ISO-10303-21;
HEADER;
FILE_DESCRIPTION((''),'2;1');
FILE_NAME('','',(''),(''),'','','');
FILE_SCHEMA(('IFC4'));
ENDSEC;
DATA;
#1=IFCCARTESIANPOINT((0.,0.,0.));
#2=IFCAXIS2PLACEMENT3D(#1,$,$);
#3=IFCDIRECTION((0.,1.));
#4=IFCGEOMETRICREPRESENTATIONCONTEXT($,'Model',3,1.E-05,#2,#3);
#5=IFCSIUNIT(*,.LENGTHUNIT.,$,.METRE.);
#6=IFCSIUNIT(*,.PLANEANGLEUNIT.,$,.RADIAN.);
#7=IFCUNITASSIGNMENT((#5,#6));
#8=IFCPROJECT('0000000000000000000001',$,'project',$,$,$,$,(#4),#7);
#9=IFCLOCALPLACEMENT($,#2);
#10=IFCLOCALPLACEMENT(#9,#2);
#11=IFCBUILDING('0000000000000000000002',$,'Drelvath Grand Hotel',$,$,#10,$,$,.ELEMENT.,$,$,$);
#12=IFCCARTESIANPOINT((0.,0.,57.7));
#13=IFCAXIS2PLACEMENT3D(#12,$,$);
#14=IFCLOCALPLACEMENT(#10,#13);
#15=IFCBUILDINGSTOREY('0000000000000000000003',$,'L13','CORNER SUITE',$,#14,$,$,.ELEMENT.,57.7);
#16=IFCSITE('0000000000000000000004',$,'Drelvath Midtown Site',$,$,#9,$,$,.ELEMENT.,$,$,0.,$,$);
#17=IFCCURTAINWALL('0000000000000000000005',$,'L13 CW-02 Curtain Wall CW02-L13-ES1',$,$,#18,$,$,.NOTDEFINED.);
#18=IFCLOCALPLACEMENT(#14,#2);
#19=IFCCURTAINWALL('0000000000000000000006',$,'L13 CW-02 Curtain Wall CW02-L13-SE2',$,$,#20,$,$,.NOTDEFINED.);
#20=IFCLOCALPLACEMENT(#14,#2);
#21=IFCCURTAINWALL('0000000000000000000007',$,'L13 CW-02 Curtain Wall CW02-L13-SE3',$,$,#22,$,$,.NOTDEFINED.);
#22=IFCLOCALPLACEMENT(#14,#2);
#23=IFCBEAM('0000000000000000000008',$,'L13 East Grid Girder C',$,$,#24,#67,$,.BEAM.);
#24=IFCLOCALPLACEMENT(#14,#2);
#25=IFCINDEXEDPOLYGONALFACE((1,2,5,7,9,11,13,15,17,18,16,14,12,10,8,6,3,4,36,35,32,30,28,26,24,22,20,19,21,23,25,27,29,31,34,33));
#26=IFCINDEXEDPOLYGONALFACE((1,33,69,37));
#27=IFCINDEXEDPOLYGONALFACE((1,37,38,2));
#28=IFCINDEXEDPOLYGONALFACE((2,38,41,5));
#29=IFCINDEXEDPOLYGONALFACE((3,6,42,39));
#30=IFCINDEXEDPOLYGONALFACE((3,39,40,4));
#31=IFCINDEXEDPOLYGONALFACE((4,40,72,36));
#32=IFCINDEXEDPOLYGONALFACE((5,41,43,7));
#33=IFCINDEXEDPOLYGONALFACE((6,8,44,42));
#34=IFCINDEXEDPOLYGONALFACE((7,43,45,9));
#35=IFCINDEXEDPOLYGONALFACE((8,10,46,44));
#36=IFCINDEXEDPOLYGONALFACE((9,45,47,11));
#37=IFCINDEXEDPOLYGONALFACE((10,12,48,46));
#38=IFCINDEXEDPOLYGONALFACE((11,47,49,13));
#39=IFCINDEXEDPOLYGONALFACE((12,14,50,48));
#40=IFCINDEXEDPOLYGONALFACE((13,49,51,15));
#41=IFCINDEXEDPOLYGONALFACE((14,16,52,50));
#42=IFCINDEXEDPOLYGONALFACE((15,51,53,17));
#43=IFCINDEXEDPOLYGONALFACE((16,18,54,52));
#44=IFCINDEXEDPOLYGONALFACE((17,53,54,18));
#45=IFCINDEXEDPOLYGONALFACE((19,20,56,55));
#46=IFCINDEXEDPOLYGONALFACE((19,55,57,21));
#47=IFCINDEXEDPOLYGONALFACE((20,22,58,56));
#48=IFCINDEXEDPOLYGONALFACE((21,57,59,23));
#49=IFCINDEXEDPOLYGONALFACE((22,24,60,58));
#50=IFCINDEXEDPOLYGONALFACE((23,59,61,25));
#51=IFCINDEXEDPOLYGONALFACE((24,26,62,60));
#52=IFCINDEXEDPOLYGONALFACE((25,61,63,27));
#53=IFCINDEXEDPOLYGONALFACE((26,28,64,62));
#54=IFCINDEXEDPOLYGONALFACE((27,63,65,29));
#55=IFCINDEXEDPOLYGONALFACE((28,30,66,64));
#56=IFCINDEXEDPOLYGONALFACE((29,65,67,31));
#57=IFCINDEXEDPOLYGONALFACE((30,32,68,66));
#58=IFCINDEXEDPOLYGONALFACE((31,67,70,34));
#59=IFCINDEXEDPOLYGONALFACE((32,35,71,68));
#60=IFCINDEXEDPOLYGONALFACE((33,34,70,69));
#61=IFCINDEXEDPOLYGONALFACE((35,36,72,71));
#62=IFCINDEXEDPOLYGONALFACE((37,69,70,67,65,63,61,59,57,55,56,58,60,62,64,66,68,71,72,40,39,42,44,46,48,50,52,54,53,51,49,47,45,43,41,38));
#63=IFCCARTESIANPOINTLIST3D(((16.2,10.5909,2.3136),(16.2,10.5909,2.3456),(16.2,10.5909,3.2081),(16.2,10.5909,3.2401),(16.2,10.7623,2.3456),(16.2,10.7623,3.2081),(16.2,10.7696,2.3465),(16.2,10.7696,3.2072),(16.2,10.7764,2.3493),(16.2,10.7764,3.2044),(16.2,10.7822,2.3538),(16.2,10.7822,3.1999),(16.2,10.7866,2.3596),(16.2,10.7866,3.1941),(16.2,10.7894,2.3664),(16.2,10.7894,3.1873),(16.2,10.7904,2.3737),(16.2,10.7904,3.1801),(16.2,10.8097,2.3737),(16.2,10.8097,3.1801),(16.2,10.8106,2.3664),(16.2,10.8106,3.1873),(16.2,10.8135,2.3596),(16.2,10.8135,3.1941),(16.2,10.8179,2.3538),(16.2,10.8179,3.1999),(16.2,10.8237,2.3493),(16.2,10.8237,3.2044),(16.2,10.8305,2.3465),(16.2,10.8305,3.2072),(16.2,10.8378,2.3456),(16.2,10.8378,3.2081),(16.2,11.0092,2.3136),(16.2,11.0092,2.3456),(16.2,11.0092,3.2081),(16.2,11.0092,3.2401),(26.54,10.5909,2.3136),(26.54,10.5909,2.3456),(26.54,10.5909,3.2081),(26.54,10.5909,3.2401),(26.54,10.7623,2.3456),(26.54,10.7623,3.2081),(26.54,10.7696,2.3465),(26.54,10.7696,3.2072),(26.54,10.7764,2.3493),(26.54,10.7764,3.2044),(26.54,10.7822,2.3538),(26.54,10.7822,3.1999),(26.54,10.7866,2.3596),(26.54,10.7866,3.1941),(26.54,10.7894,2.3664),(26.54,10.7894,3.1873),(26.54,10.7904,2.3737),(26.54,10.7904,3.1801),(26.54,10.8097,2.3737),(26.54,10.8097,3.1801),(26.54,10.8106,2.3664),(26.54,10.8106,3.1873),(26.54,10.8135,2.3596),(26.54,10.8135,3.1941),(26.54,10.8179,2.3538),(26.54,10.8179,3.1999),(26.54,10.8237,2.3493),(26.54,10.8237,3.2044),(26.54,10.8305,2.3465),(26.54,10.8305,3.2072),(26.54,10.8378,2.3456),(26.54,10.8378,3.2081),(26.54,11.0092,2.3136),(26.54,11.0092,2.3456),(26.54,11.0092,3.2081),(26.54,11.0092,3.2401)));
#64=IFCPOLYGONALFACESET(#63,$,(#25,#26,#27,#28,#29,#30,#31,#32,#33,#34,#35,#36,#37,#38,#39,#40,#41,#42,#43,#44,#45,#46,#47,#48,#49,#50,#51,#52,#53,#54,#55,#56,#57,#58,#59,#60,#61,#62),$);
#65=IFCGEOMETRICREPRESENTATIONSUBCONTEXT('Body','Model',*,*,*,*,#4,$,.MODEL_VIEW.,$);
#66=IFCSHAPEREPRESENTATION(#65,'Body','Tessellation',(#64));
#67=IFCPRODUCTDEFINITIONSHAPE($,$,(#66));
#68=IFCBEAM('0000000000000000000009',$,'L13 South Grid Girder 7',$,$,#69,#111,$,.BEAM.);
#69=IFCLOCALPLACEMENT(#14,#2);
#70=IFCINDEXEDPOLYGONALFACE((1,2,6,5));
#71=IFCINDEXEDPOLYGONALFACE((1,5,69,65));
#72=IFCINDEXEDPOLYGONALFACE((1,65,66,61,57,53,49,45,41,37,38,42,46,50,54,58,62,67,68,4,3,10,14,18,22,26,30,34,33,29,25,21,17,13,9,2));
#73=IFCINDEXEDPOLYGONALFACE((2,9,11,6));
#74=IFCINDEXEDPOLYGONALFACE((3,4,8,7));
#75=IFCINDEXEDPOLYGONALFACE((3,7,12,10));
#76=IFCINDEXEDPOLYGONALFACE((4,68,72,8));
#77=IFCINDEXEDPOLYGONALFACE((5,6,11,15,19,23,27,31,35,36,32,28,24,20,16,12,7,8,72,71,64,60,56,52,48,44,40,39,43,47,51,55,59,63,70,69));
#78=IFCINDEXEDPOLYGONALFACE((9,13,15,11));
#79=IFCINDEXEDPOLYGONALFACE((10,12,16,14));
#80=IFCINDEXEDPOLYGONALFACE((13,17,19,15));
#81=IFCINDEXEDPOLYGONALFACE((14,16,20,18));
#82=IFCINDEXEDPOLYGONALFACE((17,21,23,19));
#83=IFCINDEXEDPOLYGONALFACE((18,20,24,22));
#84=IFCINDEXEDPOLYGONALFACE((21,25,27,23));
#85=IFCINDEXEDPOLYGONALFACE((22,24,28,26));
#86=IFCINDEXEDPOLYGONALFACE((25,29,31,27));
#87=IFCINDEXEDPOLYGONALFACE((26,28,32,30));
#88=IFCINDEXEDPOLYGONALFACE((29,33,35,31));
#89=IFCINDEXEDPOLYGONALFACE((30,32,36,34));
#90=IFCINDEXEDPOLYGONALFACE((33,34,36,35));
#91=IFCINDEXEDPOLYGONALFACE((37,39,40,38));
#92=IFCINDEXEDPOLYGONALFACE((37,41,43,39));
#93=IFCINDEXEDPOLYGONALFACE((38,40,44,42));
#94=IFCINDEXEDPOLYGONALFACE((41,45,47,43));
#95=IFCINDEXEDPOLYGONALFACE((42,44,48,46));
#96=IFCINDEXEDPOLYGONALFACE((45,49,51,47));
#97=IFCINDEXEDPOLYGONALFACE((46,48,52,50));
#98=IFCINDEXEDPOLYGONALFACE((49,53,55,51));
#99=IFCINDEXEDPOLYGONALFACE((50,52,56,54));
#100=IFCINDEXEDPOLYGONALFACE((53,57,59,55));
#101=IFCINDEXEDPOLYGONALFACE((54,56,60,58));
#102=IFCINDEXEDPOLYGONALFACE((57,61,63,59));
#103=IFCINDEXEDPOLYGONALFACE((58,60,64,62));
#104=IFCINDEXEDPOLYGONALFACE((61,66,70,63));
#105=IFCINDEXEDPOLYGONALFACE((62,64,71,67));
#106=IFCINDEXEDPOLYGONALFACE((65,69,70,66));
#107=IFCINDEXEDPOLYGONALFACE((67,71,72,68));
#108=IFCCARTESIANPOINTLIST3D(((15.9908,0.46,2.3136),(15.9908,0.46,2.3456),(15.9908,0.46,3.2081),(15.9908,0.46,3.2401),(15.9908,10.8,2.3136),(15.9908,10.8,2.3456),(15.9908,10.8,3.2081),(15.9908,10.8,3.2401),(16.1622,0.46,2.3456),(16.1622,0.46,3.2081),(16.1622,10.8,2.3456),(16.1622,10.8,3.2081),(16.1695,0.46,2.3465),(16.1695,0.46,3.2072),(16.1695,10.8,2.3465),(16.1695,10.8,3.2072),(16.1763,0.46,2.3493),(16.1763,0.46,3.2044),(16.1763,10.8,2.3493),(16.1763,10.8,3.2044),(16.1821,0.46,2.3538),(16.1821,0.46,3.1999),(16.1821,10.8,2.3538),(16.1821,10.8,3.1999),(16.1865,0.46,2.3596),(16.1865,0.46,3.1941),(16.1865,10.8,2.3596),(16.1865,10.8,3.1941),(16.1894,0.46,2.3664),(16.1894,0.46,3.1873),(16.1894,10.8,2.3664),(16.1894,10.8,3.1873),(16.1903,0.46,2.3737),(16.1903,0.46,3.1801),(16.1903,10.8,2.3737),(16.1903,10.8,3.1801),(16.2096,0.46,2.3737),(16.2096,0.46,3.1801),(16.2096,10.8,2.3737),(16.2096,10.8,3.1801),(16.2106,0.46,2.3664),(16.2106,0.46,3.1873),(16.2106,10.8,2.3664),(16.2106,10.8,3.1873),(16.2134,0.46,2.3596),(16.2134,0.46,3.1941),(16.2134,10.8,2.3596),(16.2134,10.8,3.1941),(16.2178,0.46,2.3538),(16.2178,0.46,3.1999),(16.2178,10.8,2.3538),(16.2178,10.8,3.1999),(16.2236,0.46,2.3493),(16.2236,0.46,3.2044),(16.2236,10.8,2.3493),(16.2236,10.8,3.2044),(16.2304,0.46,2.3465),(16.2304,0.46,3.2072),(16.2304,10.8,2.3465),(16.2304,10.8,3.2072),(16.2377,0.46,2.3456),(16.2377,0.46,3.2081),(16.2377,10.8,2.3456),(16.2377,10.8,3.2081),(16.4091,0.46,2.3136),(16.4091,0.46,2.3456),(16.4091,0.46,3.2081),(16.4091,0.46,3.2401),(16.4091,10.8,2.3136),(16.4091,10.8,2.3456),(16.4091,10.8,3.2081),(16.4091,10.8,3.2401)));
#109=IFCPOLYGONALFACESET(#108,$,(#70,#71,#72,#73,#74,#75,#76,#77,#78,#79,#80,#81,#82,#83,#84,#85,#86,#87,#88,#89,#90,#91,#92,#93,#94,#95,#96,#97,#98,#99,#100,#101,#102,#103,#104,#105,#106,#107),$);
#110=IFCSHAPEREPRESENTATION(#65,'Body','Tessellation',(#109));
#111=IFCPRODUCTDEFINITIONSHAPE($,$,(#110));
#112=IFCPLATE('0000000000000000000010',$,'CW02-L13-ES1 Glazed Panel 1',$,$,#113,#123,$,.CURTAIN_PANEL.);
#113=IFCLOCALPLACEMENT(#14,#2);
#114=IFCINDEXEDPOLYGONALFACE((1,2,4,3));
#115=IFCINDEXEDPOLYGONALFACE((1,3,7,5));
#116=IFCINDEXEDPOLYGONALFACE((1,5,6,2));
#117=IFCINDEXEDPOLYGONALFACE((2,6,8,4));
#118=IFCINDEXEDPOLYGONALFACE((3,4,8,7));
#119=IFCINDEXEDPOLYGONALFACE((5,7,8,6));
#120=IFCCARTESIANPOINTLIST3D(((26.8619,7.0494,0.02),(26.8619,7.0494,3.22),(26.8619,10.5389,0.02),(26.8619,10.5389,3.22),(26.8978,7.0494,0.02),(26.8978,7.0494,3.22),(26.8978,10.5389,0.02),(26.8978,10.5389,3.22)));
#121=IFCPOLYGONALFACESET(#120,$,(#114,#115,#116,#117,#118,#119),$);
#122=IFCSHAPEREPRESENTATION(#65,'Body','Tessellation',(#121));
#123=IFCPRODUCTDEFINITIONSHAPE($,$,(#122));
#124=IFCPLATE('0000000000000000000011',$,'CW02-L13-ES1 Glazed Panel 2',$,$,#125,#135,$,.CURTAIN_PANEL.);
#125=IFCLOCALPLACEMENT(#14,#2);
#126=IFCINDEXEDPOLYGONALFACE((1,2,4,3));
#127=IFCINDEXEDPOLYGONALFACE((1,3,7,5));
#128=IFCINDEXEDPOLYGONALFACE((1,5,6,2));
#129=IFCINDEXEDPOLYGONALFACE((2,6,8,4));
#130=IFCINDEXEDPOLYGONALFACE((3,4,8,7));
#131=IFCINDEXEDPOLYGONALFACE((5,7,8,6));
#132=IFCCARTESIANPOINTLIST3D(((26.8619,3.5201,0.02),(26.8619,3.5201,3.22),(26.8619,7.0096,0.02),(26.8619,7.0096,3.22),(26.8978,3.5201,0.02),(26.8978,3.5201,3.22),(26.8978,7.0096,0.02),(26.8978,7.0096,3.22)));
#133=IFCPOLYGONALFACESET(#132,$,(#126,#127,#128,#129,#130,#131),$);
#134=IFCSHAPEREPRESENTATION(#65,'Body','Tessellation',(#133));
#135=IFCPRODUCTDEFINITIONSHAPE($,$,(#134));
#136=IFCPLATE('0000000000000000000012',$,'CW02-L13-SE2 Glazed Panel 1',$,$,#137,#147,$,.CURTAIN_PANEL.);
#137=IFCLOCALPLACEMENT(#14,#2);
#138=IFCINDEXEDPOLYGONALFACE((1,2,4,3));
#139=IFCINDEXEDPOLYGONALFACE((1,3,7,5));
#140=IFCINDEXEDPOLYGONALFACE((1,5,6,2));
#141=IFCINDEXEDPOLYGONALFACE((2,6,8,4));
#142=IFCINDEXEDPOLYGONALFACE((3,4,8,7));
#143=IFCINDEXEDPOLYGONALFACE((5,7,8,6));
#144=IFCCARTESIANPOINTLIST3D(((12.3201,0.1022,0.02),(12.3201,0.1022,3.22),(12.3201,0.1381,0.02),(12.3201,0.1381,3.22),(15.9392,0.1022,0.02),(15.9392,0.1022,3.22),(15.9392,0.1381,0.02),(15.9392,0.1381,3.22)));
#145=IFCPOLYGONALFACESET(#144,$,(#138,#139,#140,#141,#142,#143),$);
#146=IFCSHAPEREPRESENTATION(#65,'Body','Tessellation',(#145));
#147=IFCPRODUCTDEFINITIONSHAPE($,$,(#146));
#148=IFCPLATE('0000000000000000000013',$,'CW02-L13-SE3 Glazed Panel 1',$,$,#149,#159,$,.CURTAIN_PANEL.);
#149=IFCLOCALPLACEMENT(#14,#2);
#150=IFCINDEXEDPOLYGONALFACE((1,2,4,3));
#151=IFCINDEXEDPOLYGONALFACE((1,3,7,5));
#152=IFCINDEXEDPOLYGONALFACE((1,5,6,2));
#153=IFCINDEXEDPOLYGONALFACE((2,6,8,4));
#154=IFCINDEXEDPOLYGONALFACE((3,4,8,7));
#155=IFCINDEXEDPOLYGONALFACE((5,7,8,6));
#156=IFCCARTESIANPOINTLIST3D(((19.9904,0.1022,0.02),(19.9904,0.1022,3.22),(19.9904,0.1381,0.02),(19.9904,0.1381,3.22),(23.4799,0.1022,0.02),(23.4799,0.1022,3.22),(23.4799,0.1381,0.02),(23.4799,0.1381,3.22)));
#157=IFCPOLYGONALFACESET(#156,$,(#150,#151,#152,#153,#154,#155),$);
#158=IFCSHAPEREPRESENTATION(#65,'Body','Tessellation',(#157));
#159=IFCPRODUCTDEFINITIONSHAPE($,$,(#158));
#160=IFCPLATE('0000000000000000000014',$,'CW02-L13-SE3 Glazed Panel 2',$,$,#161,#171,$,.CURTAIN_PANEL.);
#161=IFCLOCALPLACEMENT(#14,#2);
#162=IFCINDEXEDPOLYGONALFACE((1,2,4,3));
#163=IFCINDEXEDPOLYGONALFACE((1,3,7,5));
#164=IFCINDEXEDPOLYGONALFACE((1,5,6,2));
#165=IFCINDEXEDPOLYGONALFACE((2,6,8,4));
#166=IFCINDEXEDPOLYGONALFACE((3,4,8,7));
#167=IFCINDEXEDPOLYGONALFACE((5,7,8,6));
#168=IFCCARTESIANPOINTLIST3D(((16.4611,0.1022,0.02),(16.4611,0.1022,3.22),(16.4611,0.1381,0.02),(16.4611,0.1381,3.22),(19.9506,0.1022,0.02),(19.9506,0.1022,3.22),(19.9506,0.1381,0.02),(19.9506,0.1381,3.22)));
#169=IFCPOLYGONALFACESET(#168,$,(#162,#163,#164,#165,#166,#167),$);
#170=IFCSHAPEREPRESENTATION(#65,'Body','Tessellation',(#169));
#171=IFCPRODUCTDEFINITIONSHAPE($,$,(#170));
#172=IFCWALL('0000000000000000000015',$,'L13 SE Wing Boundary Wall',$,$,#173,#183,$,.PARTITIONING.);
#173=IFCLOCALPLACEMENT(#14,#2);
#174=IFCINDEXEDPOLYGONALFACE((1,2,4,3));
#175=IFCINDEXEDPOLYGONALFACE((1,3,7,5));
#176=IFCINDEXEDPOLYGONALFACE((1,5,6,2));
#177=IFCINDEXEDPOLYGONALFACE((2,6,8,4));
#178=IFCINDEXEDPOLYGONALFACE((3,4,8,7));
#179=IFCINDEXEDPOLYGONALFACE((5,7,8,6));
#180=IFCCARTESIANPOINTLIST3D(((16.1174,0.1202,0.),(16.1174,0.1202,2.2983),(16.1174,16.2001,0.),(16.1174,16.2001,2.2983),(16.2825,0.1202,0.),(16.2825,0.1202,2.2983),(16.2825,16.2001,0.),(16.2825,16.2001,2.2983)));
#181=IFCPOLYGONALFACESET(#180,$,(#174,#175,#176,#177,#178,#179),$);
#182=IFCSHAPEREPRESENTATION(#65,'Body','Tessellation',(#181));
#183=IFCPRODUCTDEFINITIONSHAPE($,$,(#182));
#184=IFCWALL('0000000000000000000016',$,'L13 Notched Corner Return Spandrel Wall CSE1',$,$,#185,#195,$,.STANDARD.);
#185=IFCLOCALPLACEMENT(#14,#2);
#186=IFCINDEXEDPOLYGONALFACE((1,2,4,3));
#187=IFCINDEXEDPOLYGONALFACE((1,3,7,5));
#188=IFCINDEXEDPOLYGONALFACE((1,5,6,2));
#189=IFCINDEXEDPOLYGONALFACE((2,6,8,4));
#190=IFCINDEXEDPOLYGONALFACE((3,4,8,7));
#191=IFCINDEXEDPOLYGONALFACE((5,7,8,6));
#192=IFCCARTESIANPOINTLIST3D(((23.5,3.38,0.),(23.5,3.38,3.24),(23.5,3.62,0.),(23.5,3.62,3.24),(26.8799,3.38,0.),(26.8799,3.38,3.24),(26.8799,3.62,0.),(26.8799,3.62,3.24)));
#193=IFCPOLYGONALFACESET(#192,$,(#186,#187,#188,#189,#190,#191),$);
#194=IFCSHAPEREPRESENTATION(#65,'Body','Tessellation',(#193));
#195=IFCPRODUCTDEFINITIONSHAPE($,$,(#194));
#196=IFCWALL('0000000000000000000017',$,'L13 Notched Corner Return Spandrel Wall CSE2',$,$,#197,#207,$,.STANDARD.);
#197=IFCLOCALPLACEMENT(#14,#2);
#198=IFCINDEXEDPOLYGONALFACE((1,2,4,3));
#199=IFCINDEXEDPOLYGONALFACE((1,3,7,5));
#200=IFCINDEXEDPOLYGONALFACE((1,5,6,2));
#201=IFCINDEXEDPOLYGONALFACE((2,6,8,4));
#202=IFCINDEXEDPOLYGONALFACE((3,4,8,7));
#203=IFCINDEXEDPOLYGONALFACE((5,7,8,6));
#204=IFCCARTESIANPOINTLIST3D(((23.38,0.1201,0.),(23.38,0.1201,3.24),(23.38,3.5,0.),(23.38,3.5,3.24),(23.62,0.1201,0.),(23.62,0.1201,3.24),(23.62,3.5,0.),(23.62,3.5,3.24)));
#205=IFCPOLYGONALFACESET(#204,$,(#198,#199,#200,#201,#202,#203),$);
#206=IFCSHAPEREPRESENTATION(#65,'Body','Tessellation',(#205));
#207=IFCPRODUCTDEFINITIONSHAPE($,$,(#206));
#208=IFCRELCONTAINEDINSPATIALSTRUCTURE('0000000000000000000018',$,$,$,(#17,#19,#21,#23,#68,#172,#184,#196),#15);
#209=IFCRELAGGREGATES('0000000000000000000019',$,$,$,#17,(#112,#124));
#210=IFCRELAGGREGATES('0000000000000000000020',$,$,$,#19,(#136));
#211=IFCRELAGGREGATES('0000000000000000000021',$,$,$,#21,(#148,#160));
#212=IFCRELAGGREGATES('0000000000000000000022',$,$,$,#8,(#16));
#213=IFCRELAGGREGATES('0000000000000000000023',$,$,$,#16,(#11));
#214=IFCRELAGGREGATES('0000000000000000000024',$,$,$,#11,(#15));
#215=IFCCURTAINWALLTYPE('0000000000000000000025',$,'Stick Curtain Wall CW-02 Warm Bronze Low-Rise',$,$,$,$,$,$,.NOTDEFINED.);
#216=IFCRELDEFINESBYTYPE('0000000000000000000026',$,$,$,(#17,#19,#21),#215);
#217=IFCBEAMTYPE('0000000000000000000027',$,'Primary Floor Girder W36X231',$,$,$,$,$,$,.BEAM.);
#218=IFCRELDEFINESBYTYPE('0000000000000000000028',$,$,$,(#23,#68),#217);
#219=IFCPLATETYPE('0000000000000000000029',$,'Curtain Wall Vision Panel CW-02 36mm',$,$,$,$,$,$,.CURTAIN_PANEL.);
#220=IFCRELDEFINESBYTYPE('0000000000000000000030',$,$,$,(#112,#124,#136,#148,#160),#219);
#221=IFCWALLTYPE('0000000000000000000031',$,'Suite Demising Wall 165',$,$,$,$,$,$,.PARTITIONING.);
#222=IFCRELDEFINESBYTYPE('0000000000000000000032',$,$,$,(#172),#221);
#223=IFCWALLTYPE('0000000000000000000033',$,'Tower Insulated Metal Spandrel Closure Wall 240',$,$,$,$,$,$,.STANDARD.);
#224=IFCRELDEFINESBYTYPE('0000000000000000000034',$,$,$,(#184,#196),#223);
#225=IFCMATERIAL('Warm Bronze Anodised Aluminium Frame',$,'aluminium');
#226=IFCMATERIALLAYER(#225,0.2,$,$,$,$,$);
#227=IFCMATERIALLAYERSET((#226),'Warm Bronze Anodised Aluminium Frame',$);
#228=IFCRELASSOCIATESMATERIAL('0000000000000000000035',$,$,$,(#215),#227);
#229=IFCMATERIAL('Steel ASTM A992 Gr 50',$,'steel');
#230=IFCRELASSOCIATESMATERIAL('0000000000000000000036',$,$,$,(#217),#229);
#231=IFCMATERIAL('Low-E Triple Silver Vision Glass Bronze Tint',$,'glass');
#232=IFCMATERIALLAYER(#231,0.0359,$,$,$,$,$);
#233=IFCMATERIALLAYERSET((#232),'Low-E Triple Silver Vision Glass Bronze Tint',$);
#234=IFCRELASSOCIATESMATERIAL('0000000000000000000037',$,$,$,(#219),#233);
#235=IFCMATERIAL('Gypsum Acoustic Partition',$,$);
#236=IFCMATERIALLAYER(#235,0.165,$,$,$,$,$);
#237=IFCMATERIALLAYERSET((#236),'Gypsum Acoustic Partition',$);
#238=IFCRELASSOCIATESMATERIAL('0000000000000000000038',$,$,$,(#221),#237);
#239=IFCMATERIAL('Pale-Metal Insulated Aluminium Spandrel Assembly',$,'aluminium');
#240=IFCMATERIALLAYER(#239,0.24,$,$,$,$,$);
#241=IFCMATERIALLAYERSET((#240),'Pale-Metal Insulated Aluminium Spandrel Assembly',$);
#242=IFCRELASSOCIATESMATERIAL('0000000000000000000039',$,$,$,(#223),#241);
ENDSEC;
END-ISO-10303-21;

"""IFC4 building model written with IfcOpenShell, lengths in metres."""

from ifc_helpers import new_model, si_unit, direction, frame, frame_2d, origin, origin_2d, place, context, subcontext, project, spatial, rectangle, i_section, extrude, material, layer, layer_set, material_profile, profile_set, type_object, element, aggregate, save


model = new_model("IFC4")

# Units and contexts
model_context = context("Model", 3, precision=1e-05, world=origin(), true_north=direction((0.0, 1.0)))
body_context = subcontext(model_context, "Body", "Model", "MODEL_VIEW")
ifc_project = project(units=[si_unit("LENGTHUNIT", "METRE"), si_unit("PLANEANGLEUNIT", "RADIAN")], contexts=[model_context])

# Site, building, storey
site_placement = place(None, origin())
site = spatial("IfcSite", under=ifc_project, at=site_placement, Name="Drelvath Midtown Site", CompositionType="ELEMENT", RefElevation=0.0)
building_placement = place(site_placement, origin())
building = spatial("IfcBuilding", under=site, at=building_placement, Name="Drelvath Grand Hotel", CompositionType="ELEMENT")
storey_placement = place(building_placement, frame((0.0, 0.0, 57.7)))
storey = spatial("IfcBuildingStorey", under=building, at=storey_placement, Name="L13", Description="CORNER SUITE", CompositionType="ELEMENT", Elevation=57.7)

# Shared definitions
ifc_material_1 = material(Name="Steel ASTM A992 Gr 50", Category="steel")

# Curtain walls
ifc_material_2 = material(Name="Warm Bronze Anodised Aluminium Frame", Category="aluminium")
ifc_layer_1 = layer(ifc_material_2, 0.2)
ifc_layer_set_1 = layer_set([ifc_layer_1], Name="Warm Bronze Anodised Aluminium Frame")
curtain_wall_type = type_object("IfcCurtainWallType", Name="Stick Curtain Wall CW-02 Warm Bronze Low-Rise", PredefinedType="NOTDEFINED", material=ifc_layer_set_1)
curtain_wall_1_placement = place(storey_placement, origin())
curtain_wall_1 = element("IfcCurtainWall", 1, at=curtain_wall_1_placement, inside=storey, type_object=curtain_wall_type, Name="L13 CW-02 Curtain Wall CW02-L13-ES1", PredefinedType="NOTDEFINED")
curtain_wall_2_placement = place(storey_placement, origin())
curtain_wall_2 = element("IfcCurtainWall", 2, at=curtain_wall_2_placement, inside=storey, type_object=curtain_wall_type, Name="L13 CW-02 Curtain Wall CW02-L13-SE2", PredefinedType="NOTDEFINED")
curtain_wall_3_placement = place(storey_placement, origin())
curtain_wall_3 = element("IfcCurtainWall", 3, at=curtain_wall_3_placement, inside=storey, type_object=curtain_wall_type, Name="L13 CW-02 Curtain Wall CW02-L13-SE3", PredefinedType="NOTDEFINED")

# Beams
ifc_material_profile_1 = material_profile(ifc_material_1, i_section(OverallWidth=0.4182, OverallDepth=0.9265, WebThickness=0.0193, FlangeThickness=0.032, FilletRadius=0.0281, at=origin_2d()), Name="W36X231")
ifc_profile_set_1 = profile_set([ifc_material_profile_1], Name="Steel ASTM A992 Gr 50")
beam_type_1 = type_object("IfcBeamType", Name="Primary Floor Girder W36X231", PredefinedType="BEAM", material=ifc_profile_set_1)
for number, where, z_axis, x_axis, name in (
    (4, (16.2, 10.8, 2.7769), (1.0, 0.0, 0.0), (0.0, 1.0, 0.0), "L13 East Grid Girder C"),
    (5, (16.2, 0.46, 2.7769), (0.0, 1.0, 0.0), (-1.0, 0.0, 0.0), "L13 South Grid Girder 7"),
):
    element("IfcBeam", number, at=place(storey_placement, frame(where, z_axis=z_axis, x_axis=x_axis)), inside=storey, type_object=beam_type_1, Name=name, PredefinedType="BEAM", context=body_context, shape_type="SweptSolid", body=[
        extrude(i_section(OverallWidth=0.4182, OverallDepth=0.9265, WebThickness=0.0193, FlangeThickness=0.032, FilletRadius=0.0281, at=origin_2d()), origin(), (0.0, 0.0, 1.0), 10.3401),
    ])

# Plates
ifc_material_3 = material(Name="Low-E Triple Silver Vision Glass Bronze Tint", Category="glass")
ifc_layer_2 = layer(ifc_material_3, 0.0359)
ifc_layer_set_2 = layer_set([ifc_layer_2], Name="Low-E Triple Silver Vision Glass Bronze Tint")
plate_type = type_object("IfcPlateType", Name="Curtain Wall Vision Panel CW-02 36mm", PredefinedType="CURTAIN_PANEL", material=ifc_layer_set_2)
plate_1_placement = place(storey_placement, frame((26.8799, 8.7942, 0.02), z_axis=(0.0, 0.0, 1.0), x_axis=(0.0, -1.0, 0.0)))
plate_1 = element("IfcPlate", 6, at=plate_1_placement, type_object=plate_type, Name="CW02-L13-ES1 Glazed Panel 1", PredefinedType="CURTAIN_PANEL", context=body_context, shape_type="SweptSolid", body=[
    extrude(rectangle(XDim=3.4895, YDim=0.0359, at=origin_2d()), origin(), (0.0, 0.0, 1.0), 3.2),
])
plate_2_placement = place(storey_placement, frame((26.8799, 5.2649, 0.02), z_axis=(0.0, 0.0, 1.0), x_axis=(0.0, -1.0, 0.0)))
plate_2 = element("IfcPlate", 7, at=plate_2_placement, type_object=plate_type, Name="CW02-L13-ES1 Glazed Panel 2", PredefinedType="CURTAIN_PANEL", context=body_context, shape_type="SweptSolid", body=[
    extrude(rectangle(XDim=3.4895, YDim=0.0359, at=origin_2d()), origin(), (0.0, 0.0, 1.0), 3.2),
])
aggregate(curtain_wall_1, [plate_1, plate_2])
plate_3_placement = place(storey_placement, frame((14.1296, 0.1201, 0.02), z_axis=(0.0, 0.0, 1.0), x_axis=(-1.0, 0.0, 0.0)))
plate_3 = element("IfcPlate", 8, at=plate_3_placement, type_object=plate_type, Name="CW02-L13-SE2 Glazed Panel 1", PredefinedType="CURTAIN_PANEL", context=body_context, shape_type="SweptSolid", body=[
    extrude(rectangle(XDim=3.6191, YDim=0.0359, at=origin_2d()), origin(), (0.0, 0.0, 1.0), 3.2),
])
aggregate(curtain_wall_2, [plate_3])
plate_4_placement = place(storey_placement, frame((21.7351, 0.1201, 0.02), z_axis=(0.0, 0.0, 1.0), x_axis=(-1.0, 0.0, 0.0)))
plate_4 = element("IfcPlate", 9, at=plate_4_placement, type_object=plate_type, Name="CW02-L13-SE3 Glazed Panel 1", PredefinedType="CURTAIN_PANEL", context=body_context, shape_type="SweptSolid", body=[
    extrude(rectangle(XDim=3.4895, YDim=0.0359, at=origin_2d()), origin(), (0.0, 0.0, 1.0), 3.2),
])
plate_5_placement = place(storey_placement, frame((18.2058, 0.1201, 0.02), z_axis=(0.0, 0.0, 1.0), x_axis=(-1.0, 0.0, 0.0)))
plate_5 = element("IfcPlate", 10, at=plate_5_placement, type_object=plate_type, Name="CW02-L13-SE3 Glazed Panel 2", PredefinedType="CURTAIN_PANEL", context=body_context, shape_type="SweptSolid", body=[
    extrude(rectangle(XDim=3.4895, YDim=0.0359, at=origin_2d()), origin(), (0.0, 0.0, 1.0), 3.2),
])
aggregate(curtain_wall_3, [plate_4, plate_5])

# Walls
ifc_material_4 = material(Name="Gypsum Acoustic Partition")
ifc_layer_3 = layer(ifc_material_4, 0.165)
ifc_layer_set_3 = layer_set([ifc_layer_3], Name="Gypsum Acoustic Partition")
wall_type_1 = type_object("IfcWallType", Name="Suite Demising Wall 165", PredefinedType="PARTITIONING", material=ifc_layer_set_3)
wall_placement = place(storey_placement, frame((16.2, 0.1201, 0.0), z_axis=(0.0, 0.0, 1.0), x_axis=(0.0, 1.0, 0.0)))
element("IfcWall", 11, at=wall_placement, inside=storey, type_object=wall_type_1, Name="L13 SE Wing Boundary Wall", PredefinedType="PARTITIONING", context=body_context, shape_type="SweptSolid", body=[
    extrude(rectangle(XDim=16.0798, YDim=0.165, at=frame_2d((8.04, 0.0))), origin(), (0.0, 0.0, 1.0), 2.2983),
])
ifc_material_5 = material(Name="Pale-Metal Insulated Aluminium Spandrel Assembly", Category="aluminium")
ifc_layer_4 = layer(ifc_material_5, 0.24)
ifc_layer_set_4 = layer_set([ifc_layer_4], Name="Pale-Metal Insulated Aluminium Spandrel Assembly")
wall_type_2 = type_object("IfcWallType", Name="Tower Insulated Metal Spandrel Closure Wall 240", PredefinedType="STANDARD", material=ifc_layer_set_4)
for number, where, z_axis, x_axis, name in (
    (12, (26.8799, 3.5, 0.0), (0.0, 0.0, 1.0), (-1.0, 0.0, 0.0), "L13 Notched Corner Return Spandrel Wall CSE1"),
    (13, (23.5, 3.5, 0.0), (0.0, 0.0, 1.0), (0.0, -1.0, 0.0), "L13 Notched Corner Return Spandrel Wall CSE2"),
):
    element("IfcWall", number, at=place(storey_placement, frame(where, z_axis=z_axis, x_axis=x_axis)), inside=storey, type_object=wall_type_2, Name=name, PredefinedType="STANDARD", context=body_context, shape_type="SweptSolid", body=[
        extrude(rectangle(XDim=3.3799, YDim=0.24, at=frame_2d((1.6899, 0.0))), origin(), (0.0, 0.0, 1.0), 3.24),
    ])

save(model, "model.ifc")
